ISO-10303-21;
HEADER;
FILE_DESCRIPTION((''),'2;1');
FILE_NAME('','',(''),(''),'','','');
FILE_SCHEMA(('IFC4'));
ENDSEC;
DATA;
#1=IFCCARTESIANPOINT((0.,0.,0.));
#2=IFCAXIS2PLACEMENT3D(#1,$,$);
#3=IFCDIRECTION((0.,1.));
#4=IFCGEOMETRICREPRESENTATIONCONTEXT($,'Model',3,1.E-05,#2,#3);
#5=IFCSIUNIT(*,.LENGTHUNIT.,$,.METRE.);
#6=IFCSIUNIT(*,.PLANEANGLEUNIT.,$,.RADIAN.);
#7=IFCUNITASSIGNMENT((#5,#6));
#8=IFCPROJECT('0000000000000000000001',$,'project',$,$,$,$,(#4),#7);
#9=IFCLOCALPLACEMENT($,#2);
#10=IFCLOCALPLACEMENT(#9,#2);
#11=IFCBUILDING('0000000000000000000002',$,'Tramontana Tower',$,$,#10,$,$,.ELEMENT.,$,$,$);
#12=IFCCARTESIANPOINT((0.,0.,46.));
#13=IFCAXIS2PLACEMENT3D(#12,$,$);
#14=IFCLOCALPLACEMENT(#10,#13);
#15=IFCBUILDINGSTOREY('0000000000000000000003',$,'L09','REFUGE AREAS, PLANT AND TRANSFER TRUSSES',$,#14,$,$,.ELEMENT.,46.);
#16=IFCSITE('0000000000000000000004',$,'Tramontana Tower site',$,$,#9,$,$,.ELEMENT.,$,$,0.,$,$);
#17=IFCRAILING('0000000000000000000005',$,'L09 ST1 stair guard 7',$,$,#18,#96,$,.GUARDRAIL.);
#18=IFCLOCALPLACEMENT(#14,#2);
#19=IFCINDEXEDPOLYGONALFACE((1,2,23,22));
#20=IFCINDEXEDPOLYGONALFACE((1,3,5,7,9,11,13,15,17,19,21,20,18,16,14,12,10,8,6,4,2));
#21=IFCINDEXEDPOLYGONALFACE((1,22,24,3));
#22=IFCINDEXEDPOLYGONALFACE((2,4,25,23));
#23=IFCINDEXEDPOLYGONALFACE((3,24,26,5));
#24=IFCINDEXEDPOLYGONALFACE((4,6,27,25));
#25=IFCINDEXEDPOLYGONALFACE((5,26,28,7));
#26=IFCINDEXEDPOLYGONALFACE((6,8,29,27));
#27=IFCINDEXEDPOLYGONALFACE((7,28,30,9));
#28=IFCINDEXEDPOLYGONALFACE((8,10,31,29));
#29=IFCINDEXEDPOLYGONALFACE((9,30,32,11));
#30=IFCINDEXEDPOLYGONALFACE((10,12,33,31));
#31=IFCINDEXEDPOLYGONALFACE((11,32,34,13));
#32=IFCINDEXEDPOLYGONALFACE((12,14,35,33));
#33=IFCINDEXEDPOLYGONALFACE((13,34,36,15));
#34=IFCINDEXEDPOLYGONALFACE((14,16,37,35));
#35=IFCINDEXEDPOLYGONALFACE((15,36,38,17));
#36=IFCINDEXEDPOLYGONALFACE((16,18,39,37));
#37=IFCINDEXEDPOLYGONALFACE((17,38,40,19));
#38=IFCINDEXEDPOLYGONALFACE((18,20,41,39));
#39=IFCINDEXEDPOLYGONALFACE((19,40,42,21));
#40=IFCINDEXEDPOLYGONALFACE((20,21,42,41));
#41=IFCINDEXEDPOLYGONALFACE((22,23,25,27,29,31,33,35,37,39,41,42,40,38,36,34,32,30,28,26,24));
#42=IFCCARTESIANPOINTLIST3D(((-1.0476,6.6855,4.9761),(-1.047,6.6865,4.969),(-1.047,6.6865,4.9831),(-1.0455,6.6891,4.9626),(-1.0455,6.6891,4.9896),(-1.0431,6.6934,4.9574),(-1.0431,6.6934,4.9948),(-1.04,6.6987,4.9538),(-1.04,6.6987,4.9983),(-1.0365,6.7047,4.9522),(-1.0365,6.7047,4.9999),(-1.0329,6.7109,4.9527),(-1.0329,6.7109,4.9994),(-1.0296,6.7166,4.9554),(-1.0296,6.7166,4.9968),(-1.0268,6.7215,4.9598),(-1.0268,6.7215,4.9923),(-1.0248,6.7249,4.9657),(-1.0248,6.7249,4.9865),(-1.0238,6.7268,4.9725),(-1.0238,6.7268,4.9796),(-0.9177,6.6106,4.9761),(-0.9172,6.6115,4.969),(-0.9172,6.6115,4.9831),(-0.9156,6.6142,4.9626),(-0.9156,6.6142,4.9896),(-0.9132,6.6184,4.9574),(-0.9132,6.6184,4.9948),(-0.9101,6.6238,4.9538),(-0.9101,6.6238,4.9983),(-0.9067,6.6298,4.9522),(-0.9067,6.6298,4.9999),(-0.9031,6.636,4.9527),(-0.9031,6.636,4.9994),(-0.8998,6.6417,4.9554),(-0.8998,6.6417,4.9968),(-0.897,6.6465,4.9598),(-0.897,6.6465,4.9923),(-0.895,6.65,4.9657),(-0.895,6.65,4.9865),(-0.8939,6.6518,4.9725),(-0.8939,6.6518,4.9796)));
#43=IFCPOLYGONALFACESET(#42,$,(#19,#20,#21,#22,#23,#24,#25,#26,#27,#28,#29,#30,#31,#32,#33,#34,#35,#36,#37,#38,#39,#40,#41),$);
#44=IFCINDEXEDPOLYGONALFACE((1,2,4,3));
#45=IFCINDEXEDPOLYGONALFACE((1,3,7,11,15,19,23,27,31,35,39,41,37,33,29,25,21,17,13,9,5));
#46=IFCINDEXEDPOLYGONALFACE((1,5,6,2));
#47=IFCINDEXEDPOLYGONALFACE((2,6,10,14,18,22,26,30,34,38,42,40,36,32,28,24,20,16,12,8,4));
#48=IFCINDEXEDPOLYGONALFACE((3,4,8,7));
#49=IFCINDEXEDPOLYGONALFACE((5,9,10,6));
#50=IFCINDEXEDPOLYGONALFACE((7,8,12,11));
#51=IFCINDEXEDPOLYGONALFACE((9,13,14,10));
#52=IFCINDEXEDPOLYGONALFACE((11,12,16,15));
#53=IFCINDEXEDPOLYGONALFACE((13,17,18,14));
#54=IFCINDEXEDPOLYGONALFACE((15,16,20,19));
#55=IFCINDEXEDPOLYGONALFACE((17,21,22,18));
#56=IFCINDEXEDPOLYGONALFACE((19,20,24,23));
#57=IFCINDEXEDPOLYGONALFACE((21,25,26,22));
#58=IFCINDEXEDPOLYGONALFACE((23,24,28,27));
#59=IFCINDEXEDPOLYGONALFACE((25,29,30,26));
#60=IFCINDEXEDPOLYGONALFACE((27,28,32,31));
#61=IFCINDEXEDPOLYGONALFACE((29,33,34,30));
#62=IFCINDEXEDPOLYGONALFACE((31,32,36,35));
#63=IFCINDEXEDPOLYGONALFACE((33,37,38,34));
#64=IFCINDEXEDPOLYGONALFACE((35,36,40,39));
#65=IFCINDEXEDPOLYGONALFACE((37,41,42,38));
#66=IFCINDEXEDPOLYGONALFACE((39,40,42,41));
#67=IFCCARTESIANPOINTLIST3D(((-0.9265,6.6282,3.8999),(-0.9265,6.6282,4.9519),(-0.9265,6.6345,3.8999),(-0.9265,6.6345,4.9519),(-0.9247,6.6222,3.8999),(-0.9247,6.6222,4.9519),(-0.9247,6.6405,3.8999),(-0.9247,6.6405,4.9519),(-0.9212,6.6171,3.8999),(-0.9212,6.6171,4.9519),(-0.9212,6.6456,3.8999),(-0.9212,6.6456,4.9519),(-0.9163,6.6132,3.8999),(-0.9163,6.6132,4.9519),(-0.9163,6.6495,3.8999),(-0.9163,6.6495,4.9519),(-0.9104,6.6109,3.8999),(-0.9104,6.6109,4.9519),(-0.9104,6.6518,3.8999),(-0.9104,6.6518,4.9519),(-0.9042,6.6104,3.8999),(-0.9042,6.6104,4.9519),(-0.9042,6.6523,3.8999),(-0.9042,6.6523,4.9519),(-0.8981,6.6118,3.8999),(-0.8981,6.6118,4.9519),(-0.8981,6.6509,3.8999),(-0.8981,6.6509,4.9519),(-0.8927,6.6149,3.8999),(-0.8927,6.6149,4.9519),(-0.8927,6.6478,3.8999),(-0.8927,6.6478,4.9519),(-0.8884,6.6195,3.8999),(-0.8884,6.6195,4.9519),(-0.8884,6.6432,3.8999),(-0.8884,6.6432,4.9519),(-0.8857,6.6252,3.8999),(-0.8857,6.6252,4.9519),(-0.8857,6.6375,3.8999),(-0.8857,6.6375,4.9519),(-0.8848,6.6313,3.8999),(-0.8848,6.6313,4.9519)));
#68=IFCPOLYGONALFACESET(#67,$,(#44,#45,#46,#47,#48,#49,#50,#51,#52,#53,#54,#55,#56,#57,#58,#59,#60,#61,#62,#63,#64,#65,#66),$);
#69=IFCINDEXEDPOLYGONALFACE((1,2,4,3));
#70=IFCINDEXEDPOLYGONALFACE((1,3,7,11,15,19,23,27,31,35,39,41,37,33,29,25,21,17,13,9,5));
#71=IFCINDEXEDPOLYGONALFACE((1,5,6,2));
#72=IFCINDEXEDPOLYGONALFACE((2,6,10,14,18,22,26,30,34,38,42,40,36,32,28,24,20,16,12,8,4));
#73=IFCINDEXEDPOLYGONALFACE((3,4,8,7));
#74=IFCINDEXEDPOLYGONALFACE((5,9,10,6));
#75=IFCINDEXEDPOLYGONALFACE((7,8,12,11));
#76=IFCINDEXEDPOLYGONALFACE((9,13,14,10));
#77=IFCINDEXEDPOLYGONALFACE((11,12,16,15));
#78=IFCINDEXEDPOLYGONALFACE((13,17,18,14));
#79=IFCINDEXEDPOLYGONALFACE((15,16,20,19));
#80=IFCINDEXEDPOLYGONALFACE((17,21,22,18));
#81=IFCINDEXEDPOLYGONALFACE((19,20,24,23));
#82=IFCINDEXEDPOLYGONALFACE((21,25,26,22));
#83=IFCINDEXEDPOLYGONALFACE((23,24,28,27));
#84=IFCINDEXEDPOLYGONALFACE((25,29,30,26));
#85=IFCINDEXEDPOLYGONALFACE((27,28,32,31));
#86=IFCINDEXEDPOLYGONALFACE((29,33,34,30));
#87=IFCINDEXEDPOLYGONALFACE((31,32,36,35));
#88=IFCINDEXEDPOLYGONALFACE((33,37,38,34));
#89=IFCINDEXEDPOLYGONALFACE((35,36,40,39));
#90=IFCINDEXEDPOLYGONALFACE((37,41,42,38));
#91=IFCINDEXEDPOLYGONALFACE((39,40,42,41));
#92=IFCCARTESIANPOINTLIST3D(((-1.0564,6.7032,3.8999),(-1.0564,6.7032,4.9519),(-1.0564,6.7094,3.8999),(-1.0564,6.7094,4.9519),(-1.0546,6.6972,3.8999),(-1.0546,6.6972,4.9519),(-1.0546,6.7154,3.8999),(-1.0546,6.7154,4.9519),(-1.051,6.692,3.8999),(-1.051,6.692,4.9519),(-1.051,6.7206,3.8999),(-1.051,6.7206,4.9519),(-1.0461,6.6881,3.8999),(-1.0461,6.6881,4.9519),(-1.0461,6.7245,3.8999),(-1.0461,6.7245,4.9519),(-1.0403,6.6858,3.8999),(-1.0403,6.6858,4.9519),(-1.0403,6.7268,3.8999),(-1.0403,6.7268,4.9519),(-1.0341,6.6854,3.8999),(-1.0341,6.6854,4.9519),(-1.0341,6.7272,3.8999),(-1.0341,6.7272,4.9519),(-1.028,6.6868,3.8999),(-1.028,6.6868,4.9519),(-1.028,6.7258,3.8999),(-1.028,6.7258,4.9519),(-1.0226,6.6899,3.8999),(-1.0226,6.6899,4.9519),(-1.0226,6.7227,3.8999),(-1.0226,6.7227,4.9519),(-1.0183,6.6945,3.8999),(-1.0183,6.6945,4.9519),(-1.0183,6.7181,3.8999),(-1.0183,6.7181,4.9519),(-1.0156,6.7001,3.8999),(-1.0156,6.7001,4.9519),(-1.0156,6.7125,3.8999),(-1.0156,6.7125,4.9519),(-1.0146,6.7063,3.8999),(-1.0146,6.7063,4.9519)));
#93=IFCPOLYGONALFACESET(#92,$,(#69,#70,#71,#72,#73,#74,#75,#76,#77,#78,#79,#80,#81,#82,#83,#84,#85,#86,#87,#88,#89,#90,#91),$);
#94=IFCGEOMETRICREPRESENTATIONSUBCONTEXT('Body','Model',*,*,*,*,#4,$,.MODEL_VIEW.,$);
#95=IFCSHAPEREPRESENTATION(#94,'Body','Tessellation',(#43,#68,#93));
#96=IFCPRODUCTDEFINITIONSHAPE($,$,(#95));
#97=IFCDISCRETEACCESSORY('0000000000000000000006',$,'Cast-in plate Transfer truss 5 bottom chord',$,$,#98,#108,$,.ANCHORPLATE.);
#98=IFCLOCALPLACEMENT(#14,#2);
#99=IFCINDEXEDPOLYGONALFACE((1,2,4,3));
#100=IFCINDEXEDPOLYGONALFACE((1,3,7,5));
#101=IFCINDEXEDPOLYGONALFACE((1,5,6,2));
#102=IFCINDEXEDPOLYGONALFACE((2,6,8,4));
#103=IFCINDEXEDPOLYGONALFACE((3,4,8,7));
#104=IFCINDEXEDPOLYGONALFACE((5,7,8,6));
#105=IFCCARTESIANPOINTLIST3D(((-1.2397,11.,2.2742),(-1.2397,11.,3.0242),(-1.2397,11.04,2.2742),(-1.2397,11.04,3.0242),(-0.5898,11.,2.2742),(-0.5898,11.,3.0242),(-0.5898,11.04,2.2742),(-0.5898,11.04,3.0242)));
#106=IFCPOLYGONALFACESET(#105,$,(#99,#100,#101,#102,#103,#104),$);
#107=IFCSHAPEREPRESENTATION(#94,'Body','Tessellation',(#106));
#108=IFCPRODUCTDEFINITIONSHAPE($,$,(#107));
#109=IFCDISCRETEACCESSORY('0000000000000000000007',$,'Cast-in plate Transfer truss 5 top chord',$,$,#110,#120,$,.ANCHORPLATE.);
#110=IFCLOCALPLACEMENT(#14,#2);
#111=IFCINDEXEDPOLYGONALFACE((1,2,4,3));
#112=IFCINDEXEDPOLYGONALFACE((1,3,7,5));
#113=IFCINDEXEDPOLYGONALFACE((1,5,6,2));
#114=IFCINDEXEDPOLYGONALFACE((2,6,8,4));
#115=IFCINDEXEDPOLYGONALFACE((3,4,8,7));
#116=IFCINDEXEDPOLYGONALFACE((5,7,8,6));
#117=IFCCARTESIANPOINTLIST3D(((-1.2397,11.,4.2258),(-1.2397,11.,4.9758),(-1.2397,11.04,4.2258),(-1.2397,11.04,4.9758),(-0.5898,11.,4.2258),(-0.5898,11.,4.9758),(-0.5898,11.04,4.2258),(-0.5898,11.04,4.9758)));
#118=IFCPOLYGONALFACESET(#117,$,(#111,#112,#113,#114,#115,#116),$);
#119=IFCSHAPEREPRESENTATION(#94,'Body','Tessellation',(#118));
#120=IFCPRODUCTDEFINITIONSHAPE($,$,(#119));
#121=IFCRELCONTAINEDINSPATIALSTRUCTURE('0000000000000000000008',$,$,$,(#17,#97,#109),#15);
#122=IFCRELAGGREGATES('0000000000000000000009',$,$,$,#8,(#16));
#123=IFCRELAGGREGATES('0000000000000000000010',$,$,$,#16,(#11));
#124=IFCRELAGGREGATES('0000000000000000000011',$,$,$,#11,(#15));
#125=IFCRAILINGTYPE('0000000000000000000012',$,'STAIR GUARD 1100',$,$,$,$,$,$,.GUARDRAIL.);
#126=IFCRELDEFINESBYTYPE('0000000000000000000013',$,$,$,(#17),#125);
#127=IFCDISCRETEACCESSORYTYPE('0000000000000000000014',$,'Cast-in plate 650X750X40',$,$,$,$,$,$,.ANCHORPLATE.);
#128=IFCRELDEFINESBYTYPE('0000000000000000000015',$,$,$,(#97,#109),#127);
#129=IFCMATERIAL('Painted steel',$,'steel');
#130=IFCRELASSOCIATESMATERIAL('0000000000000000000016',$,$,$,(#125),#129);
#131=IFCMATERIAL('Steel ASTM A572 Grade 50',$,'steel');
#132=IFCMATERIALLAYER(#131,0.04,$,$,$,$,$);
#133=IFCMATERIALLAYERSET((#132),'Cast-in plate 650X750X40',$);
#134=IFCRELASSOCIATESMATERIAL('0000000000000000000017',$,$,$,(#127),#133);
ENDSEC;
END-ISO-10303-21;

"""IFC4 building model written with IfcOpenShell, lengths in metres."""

from ifc_helpers import new_model, si_unit, direction, frame, origin, origin_2d, place, context, subcontext, project, spatial, rectangle, circle, extrude, material, layer, layer_set, type_object, element, save


model = new_model("IFC4")

# Units and contexts
model_context = context("Model", 3, precision=1e-05, world=origin(), true_north=direction((0.0, 1.0)))
body_context = subcontext(model_context, "Body", "Model", "MODEL_VIEW")
ifc_project = project(units=[si_unit("LENGTHUNIT", "METRE"), si_unit("PLANEANGLEUNIT", "RADIAN")], contexts=[model_context])

# Site, building, storey
site_placement = place(None, origin())
site = spatial("IfcSite", under=ifc_project, at=site_placement, Name="Tramontana Tower site", CompositionType="ELEMENT", RefElevation=0.0)
building_placement = place(site_placement, origin())
building = spatial("IfcBuilding", under=site, at=building_placement, Name="Tramontana Tower", CompositionType="ELEMENT")
storey_placement = place(building_placement, frame((0.0, 0.0, 46.0)))
storey = spatial("IfcBuildingStorey", under=building, at=storey_placement, Name="L09", Description="REFUGE AREAS, PLANT AND TRANSFER TRUSSES", CompositionType="ELEMENT", Elevation=46.0)

# Railing
ifc_material_1 = material(Name="Painted steel", Category="steel")
railing_type_1 = type_object("IfcRailingType", Name="STAIR GUARD 1100", PredefinedType="GUARDRAIL", material=ifc_material_1)
for number, where, name in (
    (1, (-0.9058, 6.6313, 3.8999), "L09 ST1 stair guard 7"),
):
    element("IfcRailing", number, at=place(storey_placement, frame(where)), inside=storey, type_object=railing_type_1, Name=name, PredefinedType="GUARDRAIL", context=body_context, shape_type="SweptSolid", body=[
        extrude(circle(Radius=0.0239, at=origin_2d()), frame((0.0, 0.0, 1.0762), z_axis=(-0.866131, 0.499816, 0.0), x_axis=(-0.499816, -0.866131, 0.0)), (0.0, 0.0, 1.0), 0.1499),
        extrude(circle(Radius=0.021, at=origin_2d()), origin(), (0.0, 0.0, 1.0), 1.052),
        extrude(circle(Radius=0.021, at=origin_2d()), frame((-0.1299, 0.075, 0.0)), (0.0, 0.0, 1.0), 1.052),
    ])

# Discrete accessories
ifc_material_2 = material(Name="Steel ASTM A572 Grade 50", Category="steel")
ifc_layer_1 = layer(ifc_material_2, 0.04)
ifc_layer_set_1 = layer_set([ifc_layer_1], Name="Cast-in plate 650X750X40")
discrete_accessory_type = type_object("IfcDiscreteAccessoryType", Name="Cast-in plate 650X750X40", PredefinedType="ANCHORPLATE", material=ifc_layer_set_1)
for number, where, z_axis, x_axis, name in (
    (2, (-0.9148, 11.02, 2.2742), (0.0, 0.0, 1.0), (-1.0, 0.0, 0.0), "Cast-in plate Transfer truss 5 bottom chord"),
    (3, (-0.9148, 11.02, 4.2258), (0.0, 0.0, 1.0), (-1.0, 0.0, 0.0), "Cast-in plate Transfer truss 5 top chord"),
):
    element("IfcDiscreteAccessory", number, at=place(storey_placement, frame(where, z_axis=z_axis, x_axis=x_axis)), inside=storey, type_object=discrete_accessory_type, Name=name, PredefinedType="ANCHORPLATE", context=body_context, shape_type="SweptSolid", body=[
        extrude(rectangle(XDim=0.6499, YDim=0.04, at=origin_2d()), origin(), (0.0, 0.0, 1.0), 0.75),
    ])

save(model, "model.ifc")
